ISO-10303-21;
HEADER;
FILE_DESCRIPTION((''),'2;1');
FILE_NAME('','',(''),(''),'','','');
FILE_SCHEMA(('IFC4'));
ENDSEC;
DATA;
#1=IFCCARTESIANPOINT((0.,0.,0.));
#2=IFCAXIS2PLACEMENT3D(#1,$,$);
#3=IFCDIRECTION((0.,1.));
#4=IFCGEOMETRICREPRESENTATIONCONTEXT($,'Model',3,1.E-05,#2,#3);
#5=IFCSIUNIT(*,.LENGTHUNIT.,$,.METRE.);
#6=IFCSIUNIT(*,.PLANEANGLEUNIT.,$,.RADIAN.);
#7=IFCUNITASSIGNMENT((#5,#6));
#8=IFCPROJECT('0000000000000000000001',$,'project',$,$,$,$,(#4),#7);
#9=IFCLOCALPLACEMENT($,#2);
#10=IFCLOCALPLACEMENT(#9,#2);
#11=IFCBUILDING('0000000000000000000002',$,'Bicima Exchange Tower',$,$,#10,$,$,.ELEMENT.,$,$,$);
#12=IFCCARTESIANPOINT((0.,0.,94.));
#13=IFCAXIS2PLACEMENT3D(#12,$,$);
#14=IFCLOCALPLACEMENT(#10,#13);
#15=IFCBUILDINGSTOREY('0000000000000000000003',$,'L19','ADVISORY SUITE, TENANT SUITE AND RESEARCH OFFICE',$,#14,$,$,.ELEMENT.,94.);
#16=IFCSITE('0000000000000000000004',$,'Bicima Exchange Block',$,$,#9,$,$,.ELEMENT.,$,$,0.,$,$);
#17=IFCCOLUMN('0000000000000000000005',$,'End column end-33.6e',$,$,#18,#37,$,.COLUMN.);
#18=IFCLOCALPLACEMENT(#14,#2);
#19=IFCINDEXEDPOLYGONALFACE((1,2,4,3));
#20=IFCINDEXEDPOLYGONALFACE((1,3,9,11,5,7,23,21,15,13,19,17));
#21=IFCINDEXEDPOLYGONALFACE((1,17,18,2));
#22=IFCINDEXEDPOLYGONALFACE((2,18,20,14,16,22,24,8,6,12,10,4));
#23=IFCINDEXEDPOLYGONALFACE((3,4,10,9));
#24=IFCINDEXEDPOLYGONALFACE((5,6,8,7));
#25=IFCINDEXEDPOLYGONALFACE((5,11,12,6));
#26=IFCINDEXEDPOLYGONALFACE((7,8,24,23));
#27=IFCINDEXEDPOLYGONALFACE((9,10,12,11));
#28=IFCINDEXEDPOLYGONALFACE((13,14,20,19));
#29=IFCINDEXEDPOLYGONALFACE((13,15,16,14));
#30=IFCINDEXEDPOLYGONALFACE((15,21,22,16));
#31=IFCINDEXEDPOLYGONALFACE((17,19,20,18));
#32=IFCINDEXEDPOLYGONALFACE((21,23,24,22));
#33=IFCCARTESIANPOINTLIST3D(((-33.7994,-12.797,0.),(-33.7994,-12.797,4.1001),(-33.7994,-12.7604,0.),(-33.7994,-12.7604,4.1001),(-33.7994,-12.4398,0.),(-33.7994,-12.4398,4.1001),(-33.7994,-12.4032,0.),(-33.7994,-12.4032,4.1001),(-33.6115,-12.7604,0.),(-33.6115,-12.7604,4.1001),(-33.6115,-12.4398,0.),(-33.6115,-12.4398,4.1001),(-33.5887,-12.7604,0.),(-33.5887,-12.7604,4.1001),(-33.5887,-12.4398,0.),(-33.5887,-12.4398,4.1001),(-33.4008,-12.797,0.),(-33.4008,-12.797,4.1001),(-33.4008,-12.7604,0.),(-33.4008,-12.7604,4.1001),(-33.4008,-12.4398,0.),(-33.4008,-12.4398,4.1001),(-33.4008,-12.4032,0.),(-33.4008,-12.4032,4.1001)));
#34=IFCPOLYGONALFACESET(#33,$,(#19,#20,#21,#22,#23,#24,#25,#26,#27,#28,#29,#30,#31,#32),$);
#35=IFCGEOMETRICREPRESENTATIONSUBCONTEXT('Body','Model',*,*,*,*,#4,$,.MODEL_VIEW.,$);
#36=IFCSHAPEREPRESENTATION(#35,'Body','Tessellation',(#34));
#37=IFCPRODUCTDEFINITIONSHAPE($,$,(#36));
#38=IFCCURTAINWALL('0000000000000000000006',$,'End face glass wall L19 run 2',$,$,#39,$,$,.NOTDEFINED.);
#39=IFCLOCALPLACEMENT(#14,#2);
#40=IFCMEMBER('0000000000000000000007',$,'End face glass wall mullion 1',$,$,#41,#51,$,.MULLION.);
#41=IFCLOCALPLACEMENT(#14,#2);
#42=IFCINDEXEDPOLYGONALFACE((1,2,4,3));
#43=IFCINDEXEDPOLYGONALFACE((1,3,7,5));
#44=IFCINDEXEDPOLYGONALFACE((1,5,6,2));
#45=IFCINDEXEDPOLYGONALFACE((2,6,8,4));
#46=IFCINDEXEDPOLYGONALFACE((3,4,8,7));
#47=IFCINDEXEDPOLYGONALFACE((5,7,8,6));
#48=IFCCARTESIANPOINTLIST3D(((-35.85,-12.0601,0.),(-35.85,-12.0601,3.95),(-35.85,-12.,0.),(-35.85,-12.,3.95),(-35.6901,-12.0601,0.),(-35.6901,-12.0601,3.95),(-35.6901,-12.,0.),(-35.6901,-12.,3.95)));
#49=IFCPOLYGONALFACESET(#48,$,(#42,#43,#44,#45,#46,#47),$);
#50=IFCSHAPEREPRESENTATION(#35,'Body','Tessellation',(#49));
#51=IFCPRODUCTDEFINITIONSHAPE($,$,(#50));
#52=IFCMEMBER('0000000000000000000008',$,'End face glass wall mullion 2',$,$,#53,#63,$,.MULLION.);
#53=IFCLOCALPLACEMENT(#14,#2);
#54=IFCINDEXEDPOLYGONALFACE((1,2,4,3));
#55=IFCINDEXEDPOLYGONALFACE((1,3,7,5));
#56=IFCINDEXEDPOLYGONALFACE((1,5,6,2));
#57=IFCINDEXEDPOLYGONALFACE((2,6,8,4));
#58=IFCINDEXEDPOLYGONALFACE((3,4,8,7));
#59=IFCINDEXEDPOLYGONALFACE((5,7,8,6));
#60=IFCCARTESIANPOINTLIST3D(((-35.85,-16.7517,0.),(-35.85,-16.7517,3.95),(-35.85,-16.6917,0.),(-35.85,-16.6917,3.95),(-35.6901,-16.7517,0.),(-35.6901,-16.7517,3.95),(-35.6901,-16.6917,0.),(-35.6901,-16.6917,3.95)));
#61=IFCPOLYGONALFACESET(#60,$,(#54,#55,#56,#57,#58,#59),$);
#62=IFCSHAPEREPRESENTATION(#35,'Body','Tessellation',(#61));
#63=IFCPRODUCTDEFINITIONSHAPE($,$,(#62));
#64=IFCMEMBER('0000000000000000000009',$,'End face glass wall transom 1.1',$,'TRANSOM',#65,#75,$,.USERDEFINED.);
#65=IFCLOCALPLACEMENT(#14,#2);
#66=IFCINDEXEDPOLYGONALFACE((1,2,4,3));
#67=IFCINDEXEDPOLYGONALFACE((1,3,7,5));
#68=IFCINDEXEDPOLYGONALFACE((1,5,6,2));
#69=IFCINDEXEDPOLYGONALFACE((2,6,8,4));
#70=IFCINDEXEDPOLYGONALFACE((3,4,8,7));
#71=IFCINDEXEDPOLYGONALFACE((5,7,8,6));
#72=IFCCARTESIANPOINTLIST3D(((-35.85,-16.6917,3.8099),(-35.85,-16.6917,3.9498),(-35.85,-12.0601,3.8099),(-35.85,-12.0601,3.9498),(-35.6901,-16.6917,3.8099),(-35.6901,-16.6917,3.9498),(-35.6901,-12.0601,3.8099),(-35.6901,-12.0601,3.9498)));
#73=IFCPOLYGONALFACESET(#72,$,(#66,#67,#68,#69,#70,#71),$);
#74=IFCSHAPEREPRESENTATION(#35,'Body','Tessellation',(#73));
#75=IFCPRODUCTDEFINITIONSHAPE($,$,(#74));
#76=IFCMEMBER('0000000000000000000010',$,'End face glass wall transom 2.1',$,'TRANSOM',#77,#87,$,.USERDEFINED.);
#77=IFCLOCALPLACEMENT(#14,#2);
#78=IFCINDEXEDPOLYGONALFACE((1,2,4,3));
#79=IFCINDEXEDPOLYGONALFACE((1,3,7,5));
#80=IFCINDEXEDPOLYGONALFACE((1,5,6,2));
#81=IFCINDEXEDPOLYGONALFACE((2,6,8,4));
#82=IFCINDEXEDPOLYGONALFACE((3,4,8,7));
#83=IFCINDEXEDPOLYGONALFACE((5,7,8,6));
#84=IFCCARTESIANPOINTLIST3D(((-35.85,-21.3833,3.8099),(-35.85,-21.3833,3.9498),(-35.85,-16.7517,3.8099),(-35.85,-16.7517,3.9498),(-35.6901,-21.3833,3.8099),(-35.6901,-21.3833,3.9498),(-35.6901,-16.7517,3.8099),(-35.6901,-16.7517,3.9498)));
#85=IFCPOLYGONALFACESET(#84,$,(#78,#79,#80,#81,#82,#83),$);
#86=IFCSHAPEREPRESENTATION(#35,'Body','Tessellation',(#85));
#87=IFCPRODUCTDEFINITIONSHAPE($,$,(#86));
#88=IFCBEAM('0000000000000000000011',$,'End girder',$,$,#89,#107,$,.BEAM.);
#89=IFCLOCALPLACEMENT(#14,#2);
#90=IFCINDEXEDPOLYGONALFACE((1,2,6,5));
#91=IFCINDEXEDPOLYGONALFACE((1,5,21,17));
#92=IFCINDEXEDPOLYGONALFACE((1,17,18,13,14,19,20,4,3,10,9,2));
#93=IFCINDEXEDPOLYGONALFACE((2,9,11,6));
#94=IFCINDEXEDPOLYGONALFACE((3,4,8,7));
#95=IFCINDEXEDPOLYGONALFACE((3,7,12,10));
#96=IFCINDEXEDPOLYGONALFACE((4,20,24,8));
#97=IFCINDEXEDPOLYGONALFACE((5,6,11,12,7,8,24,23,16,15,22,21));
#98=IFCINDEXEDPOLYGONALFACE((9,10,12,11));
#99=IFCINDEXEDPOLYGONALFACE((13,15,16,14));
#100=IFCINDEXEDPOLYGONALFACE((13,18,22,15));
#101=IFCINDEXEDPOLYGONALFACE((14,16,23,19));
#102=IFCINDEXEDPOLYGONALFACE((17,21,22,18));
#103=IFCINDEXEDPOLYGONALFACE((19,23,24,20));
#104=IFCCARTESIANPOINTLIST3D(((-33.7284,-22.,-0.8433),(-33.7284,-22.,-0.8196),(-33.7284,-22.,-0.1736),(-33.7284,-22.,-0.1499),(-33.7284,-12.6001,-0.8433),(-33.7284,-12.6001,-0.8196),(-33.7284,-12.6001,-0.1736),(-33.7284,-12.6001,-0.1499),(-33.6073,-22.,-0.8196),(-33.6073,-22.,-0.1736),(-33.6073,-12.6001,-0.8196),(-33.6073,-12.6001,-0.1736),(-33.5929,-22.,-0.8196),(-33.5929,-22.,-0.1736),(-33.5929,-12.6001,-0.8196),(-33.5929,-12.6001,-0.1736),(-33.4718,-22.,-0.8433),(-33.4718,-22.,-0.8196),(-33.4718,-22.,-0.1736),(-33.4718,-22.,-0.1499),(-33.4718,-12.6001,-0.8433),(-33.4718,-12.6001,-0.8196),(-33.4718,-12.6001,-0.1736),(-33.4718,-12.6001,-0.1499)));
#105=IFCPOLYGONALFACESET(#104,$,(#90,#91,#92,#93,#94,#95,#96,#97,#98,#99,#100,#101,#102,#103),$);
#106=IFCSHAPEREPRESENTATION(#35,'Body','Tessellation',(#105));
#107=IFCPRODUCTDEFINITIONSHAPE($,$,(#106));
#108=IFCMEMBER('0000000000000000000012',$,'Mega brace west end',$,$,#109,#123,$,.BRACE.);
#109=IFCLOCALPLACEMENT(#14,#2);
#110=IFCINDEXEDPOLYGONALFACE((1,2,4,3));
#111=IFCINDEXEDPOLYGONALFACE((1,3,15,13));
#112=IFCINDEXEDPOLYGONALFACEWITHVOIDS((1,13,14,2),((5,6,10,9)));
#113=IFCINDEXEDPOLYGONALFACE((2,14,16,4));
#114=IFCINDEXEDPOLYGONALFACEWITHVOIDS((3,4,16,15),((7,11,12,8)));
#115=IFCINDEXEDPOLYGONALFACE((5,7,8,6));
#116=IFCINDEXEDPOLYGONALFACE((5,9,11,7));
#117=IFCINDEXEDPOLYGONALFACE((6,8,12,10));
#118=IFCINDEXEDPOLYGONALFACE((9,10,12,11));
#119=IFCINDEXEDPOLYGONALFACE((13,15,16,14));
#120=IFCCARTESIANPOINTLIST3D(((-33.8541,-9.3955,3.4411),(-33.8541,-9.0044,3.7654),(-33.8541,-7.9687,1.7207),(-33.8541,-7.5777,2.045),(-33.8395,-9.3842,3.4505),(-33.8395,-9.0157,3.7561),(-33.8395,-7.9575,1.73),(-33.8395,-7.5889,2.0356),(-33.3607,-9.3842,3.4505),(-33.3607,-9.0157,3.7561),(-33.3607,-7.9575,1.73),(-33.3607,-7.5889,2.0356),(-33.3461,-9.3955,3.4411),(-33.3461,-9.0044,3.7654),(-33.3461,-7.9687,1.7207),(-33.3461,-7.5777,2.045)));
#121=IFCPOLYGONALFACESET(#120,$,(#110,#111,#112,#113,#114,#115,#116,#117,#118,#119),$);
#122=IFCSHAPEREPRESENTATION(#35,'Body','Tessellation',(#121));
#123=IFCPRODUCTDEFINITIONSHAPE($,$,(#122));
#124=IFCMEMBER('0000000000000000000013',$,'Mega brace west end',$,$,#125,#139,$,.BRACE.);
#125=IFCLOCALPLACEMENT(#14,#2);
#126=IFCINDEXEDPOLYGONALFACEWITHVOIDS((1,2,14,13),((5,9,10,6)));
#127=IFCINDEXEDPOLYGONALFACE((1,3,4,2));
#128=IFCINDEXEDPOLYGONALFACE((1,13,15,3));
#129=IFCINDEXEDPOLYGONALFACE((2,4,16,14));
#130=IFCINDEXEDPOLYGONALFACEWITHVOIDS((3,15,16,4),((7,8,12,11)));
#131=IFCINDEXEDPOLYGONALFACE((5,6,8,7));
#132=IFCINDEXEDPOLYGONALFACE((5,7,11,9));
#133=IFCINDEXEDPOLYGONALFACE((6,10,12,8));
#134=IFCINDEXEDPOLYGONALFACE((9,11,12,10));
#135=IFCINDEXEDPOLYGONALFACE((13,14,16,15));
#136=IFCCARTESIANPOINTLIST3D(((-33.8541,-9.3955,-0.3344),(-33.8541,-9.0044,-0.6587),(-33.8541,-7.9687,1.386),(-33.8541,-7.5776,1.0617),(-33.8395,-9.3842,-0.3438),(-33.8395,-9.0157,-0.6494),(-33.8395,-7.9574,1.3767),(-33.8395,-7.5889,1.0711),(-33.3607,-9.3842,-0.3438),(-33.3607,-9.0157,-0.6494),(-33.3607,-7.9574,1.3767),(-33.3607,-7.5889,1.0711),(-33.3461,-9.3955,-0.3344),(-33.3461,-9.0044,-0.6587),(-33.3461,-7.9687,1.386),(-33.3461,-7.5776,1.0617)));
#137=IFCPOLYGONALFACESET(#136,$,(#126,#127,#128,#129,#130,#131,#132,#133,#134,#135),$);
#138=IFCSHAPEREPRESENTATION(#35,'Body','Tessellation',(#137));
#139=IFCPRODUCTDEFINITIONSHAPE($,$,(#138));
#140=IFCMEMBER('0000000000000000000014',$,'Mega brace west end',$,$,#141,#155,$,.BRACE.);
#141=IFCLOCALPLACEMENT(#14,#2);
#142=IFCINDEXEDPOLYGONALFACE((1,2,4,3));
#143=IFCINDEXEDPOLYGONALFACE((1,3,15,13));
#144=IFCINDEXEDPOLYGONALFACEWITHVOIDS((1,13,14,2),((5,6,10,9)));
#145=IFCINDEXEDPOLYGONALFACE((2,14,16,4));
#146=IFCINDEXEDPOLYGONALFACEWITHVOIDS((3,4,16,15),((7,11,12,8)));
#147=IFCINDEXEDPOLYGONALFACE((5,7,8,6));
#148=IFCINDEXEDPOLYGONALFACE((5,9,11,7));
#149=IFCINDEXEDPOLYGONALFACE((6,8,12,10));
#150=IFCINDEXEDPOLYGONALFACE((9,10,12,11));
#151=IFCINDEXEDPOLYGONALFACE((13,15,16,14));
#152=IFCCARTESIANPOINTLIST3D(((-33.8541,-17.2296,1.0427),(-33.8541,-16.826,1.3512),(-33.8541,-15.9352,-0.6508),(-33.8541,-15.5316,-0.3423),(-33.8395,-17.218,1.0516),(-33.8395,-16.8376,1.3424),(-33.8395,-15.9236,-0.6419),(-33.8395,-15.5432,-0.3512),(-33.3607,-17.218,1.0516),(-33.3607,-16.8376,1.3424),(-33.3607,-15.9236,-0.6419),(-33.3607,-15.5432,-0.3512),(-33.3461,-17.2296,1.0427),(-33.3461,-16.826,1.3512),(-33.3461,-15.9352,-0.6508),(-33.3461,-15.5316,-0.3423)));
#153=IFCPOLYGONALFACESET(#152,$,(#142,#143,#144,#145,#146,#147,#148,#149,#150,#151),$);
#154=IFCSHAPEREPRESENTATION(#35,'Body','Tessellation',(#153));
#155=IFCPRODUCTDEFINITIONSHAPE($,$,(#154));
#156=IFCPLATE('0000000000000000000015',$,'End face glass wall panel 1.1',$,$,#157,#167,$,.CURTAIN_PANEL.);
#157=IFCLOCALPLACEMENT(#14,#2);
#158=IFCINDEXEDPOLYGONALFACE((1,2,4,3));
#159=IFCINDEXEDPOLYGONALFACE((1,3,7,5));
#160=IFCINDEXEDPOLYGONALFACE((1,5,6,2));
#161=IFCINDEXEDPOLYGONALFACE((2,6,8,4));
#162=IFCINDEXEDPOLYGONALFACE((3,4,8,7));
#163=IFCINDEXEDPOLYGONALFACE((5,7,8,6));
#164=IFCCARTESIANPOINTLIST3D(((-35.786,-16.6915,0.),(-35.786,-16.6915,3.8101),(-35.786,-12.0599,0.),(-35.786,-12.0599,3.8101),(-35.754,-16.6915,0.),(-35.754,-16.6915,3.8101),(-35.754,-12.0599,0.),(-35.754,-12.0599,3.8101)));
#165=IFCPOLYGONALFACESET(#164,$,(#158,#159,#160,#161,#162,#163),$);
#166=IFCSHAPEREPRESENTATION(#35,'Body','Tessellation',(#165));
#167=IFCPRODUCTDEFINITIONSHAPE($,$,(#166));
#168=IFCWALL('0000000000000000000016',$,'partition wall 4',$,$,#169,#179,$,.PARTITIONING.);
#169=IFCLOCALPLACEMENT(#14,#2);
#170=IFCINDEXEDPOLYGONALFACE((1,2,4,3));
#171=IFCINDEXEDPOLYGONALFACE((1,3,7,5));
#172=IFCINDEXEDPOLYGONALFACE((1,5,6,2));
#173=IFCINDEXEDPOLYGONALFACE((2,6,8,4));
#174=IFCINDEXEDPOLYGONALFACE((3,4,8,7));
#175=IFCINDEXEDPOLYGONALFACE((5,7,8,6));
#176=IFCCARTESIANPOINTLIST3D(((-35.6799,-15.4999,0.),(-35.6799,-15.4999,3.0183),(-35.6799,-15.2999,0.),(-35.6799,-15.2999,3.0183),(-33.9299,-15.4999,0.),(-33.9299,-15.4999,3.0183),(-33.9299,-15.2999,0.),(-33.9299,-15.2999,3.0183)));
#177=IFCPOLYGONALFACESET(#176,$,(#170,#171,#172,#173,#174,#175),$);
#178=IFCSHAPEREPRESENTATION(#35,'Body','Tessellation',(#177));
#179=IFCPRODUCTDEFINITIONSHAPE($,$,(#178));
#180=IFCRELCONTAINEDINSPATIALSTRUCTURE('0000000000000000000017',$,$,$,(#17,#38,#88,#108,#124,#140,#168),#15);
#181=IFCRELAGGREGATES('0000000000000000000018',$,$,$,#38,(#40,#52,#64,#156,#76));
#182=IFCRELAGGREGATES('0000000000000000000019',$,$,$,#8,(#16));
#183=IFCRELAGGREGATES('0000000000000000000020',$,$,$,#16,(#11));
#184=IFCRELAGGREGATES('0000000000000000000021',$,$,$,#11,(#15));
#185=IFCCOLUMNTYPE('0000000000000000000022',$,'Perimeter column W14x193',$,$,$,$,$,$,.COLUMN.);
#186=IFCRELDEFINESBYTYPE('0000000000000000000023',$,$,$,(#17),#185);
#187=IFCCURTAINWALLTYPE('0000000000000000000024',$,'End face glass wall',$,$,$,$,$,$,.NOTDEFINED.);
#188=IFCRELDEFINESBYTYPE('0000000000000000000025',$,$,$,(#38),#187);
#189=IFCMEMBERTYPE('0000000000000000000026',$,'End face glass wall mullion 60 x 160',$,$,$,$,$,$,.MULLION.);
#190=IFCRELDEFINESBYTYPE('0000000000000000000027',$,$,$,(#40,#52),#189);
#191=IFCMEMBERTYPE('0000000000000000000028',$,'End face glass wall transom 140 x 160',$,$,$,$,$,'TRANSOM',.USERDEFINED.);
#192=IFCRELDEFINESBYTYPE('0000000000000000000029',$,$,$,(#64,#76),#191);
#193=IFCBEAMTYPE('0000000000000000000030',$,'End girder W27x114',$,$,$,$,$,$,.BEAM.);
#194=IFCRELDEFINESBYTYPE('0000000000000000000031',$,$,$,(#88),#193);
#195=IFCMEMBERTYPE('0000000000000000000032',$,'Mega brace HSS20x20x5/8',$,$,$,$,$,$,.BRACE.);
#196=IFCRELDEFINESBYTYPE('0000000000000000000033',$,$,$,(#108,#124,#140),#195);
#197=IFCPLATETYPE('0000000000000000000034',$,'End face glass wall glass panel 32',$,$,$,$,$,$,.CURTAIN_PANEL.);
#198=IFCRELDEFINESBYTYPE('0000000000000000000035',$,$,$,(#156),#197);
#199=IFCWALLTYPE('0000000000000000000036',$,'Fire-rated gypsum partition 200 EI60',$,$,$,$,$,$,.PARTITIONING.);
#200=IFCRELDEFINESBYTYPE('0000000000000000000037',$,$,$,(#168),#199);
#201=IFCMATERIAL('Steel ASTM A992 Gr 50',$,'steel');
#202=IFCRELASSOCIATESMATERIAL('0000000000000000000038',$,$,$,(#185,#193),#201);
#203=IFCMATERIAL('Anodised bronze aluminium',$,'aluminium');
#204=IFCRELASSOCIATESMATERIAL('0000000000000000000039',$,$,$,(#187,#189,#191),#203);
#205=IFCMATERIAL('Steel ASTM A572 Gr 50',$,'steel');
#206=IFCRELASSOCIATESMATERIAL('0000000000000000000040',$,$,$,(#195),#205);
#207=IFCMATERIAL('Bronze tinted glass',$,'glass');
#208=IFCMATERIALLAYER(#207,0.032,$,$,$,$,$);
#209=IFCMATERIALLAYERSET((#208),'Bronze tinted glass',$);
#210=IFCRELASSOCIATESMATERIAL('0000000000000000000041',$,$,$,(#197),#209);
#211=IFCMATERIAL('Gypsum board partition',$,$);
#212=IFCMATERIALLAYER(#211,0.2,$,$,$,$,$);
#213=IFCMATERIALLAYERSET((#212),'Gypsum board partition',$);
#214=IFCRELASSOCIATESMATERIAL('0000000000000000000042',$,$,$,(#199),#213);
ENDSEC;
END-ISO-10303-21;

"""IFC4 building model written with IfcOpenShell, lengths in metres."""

from ifc_helpers import new_model, si_unit, direction, frame, frame_2d, origin, origin_2d, place, context, subcontext, project, spatial, rectangle, hollow_rectangle, i_section, extrude, material, layer, layer_set, material_profile, profile_set, type_object, element, aggregate, save


model = new_model("IFC4")

# Units and contexts
model_context = context("Model", 3, precision=1e-05, world=origin(), true_north=direction((0.0, 1.0)))
body_context = subcontext(model_context, "Body", "Model", "MODEL_VIEW")
ifc_project = project(units=[si_unit("LENGTHUNIT", "METRE"), si_unit("PLANEANGLEUNIT", "RADIAN")], contexts=[model_context])

# Site, building, storey
site_placement = place(None, origin())
site = spatial("IfcSite", under=ifc_project, at=site_placement, Name="Bicima Exchange Block", CompositionType="ELEMENT", RefElevation=0.0)
building_placement = place(site_placement, origin())
building = spatial("IfcBuilding", under=site, at=building_placement, Name="Bicima Exchange Tower", CompositionType="ELEMENT")
storey_placement = place(building_placement, frame((0.0, 0.0, 94.0)))
storey = spatial("IfcBuildingStorey", under=building, at=storey_placement, Name="L19", Description="ADVISORY SUITE, TENANT SUITE AND RESEARCH OFFICE", CompositionType="ELEMENT", Elevation=94.0)

# Column
ifc_material_1 = material(Name="Steel ASTM A992 Gr 50", Category="steel")
ifc_material_profile_1 = material_profile(ifc_material_1, i_section(OverallWidth=0.3987, OverallDepth=0.3938, WebThickness=0.0227, FlangeThickness=0.0366, at=origin_2d()))
ifc_profile_set_1 = profile_set([ifc_material_profile_1], Name="Steel ASTM A992 Gr 50")
column_type = type_object("IfcColumnType", Name="Perimeter column W14x193", PredefinedType="COLUMN", material=ifc_profile_set_1)
column_placement = place(storey_placement, frame((-33.6001, -12.6001, 0.0), z_axis=(0.0, 0.0, 1.0), x_axis=(1.0, 0.0, 0.0)))
element("IfcColumn", 1, at=column_placement, inside=storey, type_object=column_type, Name="End column end-33.6e", PredefinedType="COLUMN", context=body_context, shape_type="SweptSolid", body=[
    extrude(i_section(OverallWidth=0.3987, OverallDepth=0.3938, WebThickness=0.0227, FlangeThickness=0.0366, at=origin_2d()), origin(), (0.0, 0.0, 1.0), 4.1001),
])

# Curtain wall, members
ifc_material_2 = material(Name="Anodised bronze aluminium", Category="aluminium")
curtain_wall_type = type_object("IfcCurtainWallType", Name="End face glass wall", PredefinedType="NOTDEFINED", material=ifc_material_2)
curtain_wall_placement = place(storey_placement, origin())
curtain_wall = element("IfcCurtainWall", 2, at=curtain_wall_placement, inside=storey, type_object=curtain_wall_type, Name="End face glass wall L19 run 2", PredefinedType="NOTDEFINED")
ifc_material_profile_2 = material_profile(ifc_material_2, rectangle(XDim=0.1599, YDim=0.0601, at=origin_2d()))
ifc_profile_set_2 = profile_set([ifc_material_profile_2], Name="Anodised bronze aluminium")
member_type_1 = type_object("IfcMemberType", Name="End face glass wall mullion 60 x 160", PredefinedType="MULLION", material=ifc_profile_set_2)
member_1_placement = place(storey_placement, frame((-35.77, -12.03, 0.0), z_axis=(0.0, 0.0, 1.0), x_axis=(1.0, 0.0, 0.0)))
member_1 = element("IfcMember", 3, at=member_1_placement, type_object=member_type_1, Name="End face glass wall mullion 1", PredefinedType="MULLION", context=body_context, shape_type="SweptSolid", body=[
    extrude(rectangle(XDim=0.1599, YDim=0.0601, at=origin_2d()), origin(), (0.0, 0.0, 1.0), 3.95),
])
member_2_placement = place(storey_placement, frame((-35.77, -16.7217, 0.0), z_axis=(0.0, 0.0, 1.0), x_axis=(1.0, 0.0, 0.0)))
member_2 = element("IfcMember", 4, at=member_2_placement, type_object=member_type_1, Name="End face glass wall mullion 2", PredefinedType="MULLION", context=body_context, shape_type="SweptSolid", body=[
    extrude(rectangle(XDim=0.1599, YDim=0.0601, at=origin_2d()), origin(), (0.0, 0.0, 1.0), 3.95),
])
ifc_material_profile_3 = material_profile(ifc_material_2, rectangle(XDim=0.1599, YDim=0.1399, at=origin_2d()))
ifc_profile_set_3 = profile_set([ifc_material_profile_3], Name="Anodised bronze aluminium")
member_type_2 = type_object("IfcMemberType", Name="End face glass wall transom 140 x 160", ElementType="TRANSOM", PredefinedType="USERDEFINED", material=ifc_profile_set_3)
member_3_placement = place(storey_placement, frame((-35.77, -12.0601, 3.8799), z_axis=(0.0, -1.0, 0.0), x_axis=(1.0, 0.0, 0.0)))
member_3 = element("IfcMember", 5, at=member_3_placement, type_object=member_type_2, Name="End face glass wall transom 1.1", ObjectType="TRANSOM", PredefinedType="USERDEFINED", context=body_context, shape_type="SweptSolid", body=[
    extrude(rectangle(XDim=0.1599, YDim=0.1399, at=origin_2d()), origin(), (0.0, 0.0, 1.0), 4.6316),
])
member_4_placement = place(storey_placement, frame((-35.77, -16.7517, 3.8799), z_axis=(0.0, -1.0, 0.0), x_axis=(1.0, 0.0, 0.0)))
member_4 = element("IfcMember", 6, at=member_4_placement, type_object=member_type_2, Name="End face glass wall transom 2.1", ObjectType="TRANSOM", PredefinedType="USERDEFINED", context=body_context, shape_type="SweptSolid", body=[
    extrude(rectangle(XDim=0.1599, YDim=0.1399, at=origin_2d()), origin(), (0.0, 0.0, 1.0), 4.6316),
])

# Beam
ifc_material_profile_4 = material_profile(ifc_material_1, i_section(OverallWidth=0.2566, OverallDepth=0.6934, WebThickness=0.0144, FlangeThickness=0.0237, at=origin_2d()))
ifc_profile_set_4 = profile_set([ifc_material_profile_4], Name="Steel ASTM A992 Gr 50")
beam_type = type_object("IfcBeamType", Name="End girder W27x114", PredefinedType="BEAM", material=ifc_profile_set_4)
beam_placement = place(storey_placement, frame((-33.6001, -12.6001, -0.4966), z_axis=(0.0, -1.0, 0.0), x_axis=(1.0, 0.0, 0.0)))
element("IfcBeam", 7, at=beam_placement, inside=storey, type_object=beam_type, Name="End girder", PredefinedType="BEAM", context=body_context, shape_type="SweptSolid", body=[
    extrude(i_section(OverallWidth=0.2566, OverallDepth=0.6934, WebThickness=0.0144, FlangeThickness=0.0237, at=origin_2d()), origin(), (0.0, 0.0, 1.0), 9.3999),
])

# Members
ifc_material_3 = material(Name="Steel ASTM A572 Gr 50", Category="steel")
ifc_material_profile_5 = material_profile(ifc_material_3, hollow_rectangle(XDim=0.5081, YDim=0.5081, WallThickness=0.0146, at=origin_2d()))
ifc_profile_set_5 = profile_set([ifc_material_profile_5], Name="Steel ASTM A572 Gr 50")
member_type_3 = type_object("IfcMemberType", Name="Mega brace HSS20x20x5/8", PredefinedType="BRACE", material=ifc_profile_set_5)
for number, where, z_axis, x_axis, name in (
    (8, (-33.6001, -7.7732, 1.8828), (0.0, -0.638345, 0.76975), (1.0, 0.0, 0.0), "Mega brace west end"),
    (9, (-33.6001, -9.2, -0.4966), (0.0, 0.638345, 0.76975), (-1.0, 0.0, 0.0), "Mega brace west end"),
):
    element("IfcMember", number, at=place(storey_placement, frame(where, z_axis=z_axis, x_axis=x_axis)), inside=storey, type_object=member_type_3, Name=name, PredefinedType="BRACE", context=body_context, shape_type="SweptSolid", body=[
        extrude(hollow_rectangle(XDim=0.5081, YDim=0.5081, WallThickness=0.0146, at=origin_2d()), origin(), (0.0, 0.0, 1.0), 2.2351),
    ])
member_5_placement = place(storey_placement, frame((-33.6001, -15.7334, -0.4966), z_axis=(0.0, -0.60725, 0.794511), x_axis=(1.0, 0.0, 0.0)))
element("IfcMember", 10, at=member_5_placement, inside=storey, type_object=member_type_3, Name="Mega brace west end", PredefinedType="BRACE", context=body_context, shape_type="SweptSolid", body=[
    extrude(hollow_rectangle(XDim=0.5081, YDim=0.5081, WallThickness=0.0146, at=origin_2d()), origin(), (0.0, 0.0, 1.0), 2.1316),
])

# Plate
ifc_material_4 = material(Name="Bronze tinted glass", Category="glass")
ifc_layer_1 = layer(ifc_material_4, 0.032)
ifc_layer_set_1 = layer_set([ifc_layer_1], Name="Bronze tinted glass")
plate_type = type_object("IfcPlateType", Name="End face glass wall glass panel 32", PredefinedType="CURTAIN_PANEL", material=ifc_layer_set_1)
plate_placement = place(storey_placement, frame((-35.77, -14.3757, 0.0), z_axis=(0.0, 0.0, 1.0), x_axis=(0.0, -1.0, 0.0)))
plate = element("IfcPlate", 11, at=plate_placement, type_object=plate_type, Name="End face glass wall panel 1.1", PredefinedType="CURTAIN_PANEL", context=body_context, shape_type="SweptSolid", body=[
    extrude(rectangle(XDim=4.6316, YDim=0.032, at=origin_2d()), origin(), (0.0, 0.0, 1.0), 3.8101),
])
aggregate(curtain_wall, [member_1, member_2, member_3, plate, member_4])

# Wall
ifc_material_5 = material(Name="Gypsum board partition")
ifc_layer_2 = layer(ifc_material_5, 0.2)
ifc_layer_set_2 = layer_set([ifc_layer_2], Name="Gypsum board partition")
wall_type = type_object("IfcWallType", Name="Fire-rated gypsum partition 200 EI60", PredefinedType="PARTITIONING", material=ifc_layer_set_2)
wall_1_placement = place(storey_placement, frame((-35.6799, -15.3999, 0.0), z_axis=(0.0, 0.0, 1.0), x_axis=(1.0, 0.0, 0.0)))
element("IfcWall", 12, at=wall_1_placement, inside=storey, type_object=wall_type, Name="partition wall 4", PredefinedType="PARTITIONING", context=body_context, shape_type="SweptSolid", body=[
    extrude(rectangle(XDim=1.75, YDim=0.2, at=frame_2d((0.875, 0.0))), origin(), (0.0, 0.0, 1.0), 3.0183),
])

save(model, "model.ifc")
